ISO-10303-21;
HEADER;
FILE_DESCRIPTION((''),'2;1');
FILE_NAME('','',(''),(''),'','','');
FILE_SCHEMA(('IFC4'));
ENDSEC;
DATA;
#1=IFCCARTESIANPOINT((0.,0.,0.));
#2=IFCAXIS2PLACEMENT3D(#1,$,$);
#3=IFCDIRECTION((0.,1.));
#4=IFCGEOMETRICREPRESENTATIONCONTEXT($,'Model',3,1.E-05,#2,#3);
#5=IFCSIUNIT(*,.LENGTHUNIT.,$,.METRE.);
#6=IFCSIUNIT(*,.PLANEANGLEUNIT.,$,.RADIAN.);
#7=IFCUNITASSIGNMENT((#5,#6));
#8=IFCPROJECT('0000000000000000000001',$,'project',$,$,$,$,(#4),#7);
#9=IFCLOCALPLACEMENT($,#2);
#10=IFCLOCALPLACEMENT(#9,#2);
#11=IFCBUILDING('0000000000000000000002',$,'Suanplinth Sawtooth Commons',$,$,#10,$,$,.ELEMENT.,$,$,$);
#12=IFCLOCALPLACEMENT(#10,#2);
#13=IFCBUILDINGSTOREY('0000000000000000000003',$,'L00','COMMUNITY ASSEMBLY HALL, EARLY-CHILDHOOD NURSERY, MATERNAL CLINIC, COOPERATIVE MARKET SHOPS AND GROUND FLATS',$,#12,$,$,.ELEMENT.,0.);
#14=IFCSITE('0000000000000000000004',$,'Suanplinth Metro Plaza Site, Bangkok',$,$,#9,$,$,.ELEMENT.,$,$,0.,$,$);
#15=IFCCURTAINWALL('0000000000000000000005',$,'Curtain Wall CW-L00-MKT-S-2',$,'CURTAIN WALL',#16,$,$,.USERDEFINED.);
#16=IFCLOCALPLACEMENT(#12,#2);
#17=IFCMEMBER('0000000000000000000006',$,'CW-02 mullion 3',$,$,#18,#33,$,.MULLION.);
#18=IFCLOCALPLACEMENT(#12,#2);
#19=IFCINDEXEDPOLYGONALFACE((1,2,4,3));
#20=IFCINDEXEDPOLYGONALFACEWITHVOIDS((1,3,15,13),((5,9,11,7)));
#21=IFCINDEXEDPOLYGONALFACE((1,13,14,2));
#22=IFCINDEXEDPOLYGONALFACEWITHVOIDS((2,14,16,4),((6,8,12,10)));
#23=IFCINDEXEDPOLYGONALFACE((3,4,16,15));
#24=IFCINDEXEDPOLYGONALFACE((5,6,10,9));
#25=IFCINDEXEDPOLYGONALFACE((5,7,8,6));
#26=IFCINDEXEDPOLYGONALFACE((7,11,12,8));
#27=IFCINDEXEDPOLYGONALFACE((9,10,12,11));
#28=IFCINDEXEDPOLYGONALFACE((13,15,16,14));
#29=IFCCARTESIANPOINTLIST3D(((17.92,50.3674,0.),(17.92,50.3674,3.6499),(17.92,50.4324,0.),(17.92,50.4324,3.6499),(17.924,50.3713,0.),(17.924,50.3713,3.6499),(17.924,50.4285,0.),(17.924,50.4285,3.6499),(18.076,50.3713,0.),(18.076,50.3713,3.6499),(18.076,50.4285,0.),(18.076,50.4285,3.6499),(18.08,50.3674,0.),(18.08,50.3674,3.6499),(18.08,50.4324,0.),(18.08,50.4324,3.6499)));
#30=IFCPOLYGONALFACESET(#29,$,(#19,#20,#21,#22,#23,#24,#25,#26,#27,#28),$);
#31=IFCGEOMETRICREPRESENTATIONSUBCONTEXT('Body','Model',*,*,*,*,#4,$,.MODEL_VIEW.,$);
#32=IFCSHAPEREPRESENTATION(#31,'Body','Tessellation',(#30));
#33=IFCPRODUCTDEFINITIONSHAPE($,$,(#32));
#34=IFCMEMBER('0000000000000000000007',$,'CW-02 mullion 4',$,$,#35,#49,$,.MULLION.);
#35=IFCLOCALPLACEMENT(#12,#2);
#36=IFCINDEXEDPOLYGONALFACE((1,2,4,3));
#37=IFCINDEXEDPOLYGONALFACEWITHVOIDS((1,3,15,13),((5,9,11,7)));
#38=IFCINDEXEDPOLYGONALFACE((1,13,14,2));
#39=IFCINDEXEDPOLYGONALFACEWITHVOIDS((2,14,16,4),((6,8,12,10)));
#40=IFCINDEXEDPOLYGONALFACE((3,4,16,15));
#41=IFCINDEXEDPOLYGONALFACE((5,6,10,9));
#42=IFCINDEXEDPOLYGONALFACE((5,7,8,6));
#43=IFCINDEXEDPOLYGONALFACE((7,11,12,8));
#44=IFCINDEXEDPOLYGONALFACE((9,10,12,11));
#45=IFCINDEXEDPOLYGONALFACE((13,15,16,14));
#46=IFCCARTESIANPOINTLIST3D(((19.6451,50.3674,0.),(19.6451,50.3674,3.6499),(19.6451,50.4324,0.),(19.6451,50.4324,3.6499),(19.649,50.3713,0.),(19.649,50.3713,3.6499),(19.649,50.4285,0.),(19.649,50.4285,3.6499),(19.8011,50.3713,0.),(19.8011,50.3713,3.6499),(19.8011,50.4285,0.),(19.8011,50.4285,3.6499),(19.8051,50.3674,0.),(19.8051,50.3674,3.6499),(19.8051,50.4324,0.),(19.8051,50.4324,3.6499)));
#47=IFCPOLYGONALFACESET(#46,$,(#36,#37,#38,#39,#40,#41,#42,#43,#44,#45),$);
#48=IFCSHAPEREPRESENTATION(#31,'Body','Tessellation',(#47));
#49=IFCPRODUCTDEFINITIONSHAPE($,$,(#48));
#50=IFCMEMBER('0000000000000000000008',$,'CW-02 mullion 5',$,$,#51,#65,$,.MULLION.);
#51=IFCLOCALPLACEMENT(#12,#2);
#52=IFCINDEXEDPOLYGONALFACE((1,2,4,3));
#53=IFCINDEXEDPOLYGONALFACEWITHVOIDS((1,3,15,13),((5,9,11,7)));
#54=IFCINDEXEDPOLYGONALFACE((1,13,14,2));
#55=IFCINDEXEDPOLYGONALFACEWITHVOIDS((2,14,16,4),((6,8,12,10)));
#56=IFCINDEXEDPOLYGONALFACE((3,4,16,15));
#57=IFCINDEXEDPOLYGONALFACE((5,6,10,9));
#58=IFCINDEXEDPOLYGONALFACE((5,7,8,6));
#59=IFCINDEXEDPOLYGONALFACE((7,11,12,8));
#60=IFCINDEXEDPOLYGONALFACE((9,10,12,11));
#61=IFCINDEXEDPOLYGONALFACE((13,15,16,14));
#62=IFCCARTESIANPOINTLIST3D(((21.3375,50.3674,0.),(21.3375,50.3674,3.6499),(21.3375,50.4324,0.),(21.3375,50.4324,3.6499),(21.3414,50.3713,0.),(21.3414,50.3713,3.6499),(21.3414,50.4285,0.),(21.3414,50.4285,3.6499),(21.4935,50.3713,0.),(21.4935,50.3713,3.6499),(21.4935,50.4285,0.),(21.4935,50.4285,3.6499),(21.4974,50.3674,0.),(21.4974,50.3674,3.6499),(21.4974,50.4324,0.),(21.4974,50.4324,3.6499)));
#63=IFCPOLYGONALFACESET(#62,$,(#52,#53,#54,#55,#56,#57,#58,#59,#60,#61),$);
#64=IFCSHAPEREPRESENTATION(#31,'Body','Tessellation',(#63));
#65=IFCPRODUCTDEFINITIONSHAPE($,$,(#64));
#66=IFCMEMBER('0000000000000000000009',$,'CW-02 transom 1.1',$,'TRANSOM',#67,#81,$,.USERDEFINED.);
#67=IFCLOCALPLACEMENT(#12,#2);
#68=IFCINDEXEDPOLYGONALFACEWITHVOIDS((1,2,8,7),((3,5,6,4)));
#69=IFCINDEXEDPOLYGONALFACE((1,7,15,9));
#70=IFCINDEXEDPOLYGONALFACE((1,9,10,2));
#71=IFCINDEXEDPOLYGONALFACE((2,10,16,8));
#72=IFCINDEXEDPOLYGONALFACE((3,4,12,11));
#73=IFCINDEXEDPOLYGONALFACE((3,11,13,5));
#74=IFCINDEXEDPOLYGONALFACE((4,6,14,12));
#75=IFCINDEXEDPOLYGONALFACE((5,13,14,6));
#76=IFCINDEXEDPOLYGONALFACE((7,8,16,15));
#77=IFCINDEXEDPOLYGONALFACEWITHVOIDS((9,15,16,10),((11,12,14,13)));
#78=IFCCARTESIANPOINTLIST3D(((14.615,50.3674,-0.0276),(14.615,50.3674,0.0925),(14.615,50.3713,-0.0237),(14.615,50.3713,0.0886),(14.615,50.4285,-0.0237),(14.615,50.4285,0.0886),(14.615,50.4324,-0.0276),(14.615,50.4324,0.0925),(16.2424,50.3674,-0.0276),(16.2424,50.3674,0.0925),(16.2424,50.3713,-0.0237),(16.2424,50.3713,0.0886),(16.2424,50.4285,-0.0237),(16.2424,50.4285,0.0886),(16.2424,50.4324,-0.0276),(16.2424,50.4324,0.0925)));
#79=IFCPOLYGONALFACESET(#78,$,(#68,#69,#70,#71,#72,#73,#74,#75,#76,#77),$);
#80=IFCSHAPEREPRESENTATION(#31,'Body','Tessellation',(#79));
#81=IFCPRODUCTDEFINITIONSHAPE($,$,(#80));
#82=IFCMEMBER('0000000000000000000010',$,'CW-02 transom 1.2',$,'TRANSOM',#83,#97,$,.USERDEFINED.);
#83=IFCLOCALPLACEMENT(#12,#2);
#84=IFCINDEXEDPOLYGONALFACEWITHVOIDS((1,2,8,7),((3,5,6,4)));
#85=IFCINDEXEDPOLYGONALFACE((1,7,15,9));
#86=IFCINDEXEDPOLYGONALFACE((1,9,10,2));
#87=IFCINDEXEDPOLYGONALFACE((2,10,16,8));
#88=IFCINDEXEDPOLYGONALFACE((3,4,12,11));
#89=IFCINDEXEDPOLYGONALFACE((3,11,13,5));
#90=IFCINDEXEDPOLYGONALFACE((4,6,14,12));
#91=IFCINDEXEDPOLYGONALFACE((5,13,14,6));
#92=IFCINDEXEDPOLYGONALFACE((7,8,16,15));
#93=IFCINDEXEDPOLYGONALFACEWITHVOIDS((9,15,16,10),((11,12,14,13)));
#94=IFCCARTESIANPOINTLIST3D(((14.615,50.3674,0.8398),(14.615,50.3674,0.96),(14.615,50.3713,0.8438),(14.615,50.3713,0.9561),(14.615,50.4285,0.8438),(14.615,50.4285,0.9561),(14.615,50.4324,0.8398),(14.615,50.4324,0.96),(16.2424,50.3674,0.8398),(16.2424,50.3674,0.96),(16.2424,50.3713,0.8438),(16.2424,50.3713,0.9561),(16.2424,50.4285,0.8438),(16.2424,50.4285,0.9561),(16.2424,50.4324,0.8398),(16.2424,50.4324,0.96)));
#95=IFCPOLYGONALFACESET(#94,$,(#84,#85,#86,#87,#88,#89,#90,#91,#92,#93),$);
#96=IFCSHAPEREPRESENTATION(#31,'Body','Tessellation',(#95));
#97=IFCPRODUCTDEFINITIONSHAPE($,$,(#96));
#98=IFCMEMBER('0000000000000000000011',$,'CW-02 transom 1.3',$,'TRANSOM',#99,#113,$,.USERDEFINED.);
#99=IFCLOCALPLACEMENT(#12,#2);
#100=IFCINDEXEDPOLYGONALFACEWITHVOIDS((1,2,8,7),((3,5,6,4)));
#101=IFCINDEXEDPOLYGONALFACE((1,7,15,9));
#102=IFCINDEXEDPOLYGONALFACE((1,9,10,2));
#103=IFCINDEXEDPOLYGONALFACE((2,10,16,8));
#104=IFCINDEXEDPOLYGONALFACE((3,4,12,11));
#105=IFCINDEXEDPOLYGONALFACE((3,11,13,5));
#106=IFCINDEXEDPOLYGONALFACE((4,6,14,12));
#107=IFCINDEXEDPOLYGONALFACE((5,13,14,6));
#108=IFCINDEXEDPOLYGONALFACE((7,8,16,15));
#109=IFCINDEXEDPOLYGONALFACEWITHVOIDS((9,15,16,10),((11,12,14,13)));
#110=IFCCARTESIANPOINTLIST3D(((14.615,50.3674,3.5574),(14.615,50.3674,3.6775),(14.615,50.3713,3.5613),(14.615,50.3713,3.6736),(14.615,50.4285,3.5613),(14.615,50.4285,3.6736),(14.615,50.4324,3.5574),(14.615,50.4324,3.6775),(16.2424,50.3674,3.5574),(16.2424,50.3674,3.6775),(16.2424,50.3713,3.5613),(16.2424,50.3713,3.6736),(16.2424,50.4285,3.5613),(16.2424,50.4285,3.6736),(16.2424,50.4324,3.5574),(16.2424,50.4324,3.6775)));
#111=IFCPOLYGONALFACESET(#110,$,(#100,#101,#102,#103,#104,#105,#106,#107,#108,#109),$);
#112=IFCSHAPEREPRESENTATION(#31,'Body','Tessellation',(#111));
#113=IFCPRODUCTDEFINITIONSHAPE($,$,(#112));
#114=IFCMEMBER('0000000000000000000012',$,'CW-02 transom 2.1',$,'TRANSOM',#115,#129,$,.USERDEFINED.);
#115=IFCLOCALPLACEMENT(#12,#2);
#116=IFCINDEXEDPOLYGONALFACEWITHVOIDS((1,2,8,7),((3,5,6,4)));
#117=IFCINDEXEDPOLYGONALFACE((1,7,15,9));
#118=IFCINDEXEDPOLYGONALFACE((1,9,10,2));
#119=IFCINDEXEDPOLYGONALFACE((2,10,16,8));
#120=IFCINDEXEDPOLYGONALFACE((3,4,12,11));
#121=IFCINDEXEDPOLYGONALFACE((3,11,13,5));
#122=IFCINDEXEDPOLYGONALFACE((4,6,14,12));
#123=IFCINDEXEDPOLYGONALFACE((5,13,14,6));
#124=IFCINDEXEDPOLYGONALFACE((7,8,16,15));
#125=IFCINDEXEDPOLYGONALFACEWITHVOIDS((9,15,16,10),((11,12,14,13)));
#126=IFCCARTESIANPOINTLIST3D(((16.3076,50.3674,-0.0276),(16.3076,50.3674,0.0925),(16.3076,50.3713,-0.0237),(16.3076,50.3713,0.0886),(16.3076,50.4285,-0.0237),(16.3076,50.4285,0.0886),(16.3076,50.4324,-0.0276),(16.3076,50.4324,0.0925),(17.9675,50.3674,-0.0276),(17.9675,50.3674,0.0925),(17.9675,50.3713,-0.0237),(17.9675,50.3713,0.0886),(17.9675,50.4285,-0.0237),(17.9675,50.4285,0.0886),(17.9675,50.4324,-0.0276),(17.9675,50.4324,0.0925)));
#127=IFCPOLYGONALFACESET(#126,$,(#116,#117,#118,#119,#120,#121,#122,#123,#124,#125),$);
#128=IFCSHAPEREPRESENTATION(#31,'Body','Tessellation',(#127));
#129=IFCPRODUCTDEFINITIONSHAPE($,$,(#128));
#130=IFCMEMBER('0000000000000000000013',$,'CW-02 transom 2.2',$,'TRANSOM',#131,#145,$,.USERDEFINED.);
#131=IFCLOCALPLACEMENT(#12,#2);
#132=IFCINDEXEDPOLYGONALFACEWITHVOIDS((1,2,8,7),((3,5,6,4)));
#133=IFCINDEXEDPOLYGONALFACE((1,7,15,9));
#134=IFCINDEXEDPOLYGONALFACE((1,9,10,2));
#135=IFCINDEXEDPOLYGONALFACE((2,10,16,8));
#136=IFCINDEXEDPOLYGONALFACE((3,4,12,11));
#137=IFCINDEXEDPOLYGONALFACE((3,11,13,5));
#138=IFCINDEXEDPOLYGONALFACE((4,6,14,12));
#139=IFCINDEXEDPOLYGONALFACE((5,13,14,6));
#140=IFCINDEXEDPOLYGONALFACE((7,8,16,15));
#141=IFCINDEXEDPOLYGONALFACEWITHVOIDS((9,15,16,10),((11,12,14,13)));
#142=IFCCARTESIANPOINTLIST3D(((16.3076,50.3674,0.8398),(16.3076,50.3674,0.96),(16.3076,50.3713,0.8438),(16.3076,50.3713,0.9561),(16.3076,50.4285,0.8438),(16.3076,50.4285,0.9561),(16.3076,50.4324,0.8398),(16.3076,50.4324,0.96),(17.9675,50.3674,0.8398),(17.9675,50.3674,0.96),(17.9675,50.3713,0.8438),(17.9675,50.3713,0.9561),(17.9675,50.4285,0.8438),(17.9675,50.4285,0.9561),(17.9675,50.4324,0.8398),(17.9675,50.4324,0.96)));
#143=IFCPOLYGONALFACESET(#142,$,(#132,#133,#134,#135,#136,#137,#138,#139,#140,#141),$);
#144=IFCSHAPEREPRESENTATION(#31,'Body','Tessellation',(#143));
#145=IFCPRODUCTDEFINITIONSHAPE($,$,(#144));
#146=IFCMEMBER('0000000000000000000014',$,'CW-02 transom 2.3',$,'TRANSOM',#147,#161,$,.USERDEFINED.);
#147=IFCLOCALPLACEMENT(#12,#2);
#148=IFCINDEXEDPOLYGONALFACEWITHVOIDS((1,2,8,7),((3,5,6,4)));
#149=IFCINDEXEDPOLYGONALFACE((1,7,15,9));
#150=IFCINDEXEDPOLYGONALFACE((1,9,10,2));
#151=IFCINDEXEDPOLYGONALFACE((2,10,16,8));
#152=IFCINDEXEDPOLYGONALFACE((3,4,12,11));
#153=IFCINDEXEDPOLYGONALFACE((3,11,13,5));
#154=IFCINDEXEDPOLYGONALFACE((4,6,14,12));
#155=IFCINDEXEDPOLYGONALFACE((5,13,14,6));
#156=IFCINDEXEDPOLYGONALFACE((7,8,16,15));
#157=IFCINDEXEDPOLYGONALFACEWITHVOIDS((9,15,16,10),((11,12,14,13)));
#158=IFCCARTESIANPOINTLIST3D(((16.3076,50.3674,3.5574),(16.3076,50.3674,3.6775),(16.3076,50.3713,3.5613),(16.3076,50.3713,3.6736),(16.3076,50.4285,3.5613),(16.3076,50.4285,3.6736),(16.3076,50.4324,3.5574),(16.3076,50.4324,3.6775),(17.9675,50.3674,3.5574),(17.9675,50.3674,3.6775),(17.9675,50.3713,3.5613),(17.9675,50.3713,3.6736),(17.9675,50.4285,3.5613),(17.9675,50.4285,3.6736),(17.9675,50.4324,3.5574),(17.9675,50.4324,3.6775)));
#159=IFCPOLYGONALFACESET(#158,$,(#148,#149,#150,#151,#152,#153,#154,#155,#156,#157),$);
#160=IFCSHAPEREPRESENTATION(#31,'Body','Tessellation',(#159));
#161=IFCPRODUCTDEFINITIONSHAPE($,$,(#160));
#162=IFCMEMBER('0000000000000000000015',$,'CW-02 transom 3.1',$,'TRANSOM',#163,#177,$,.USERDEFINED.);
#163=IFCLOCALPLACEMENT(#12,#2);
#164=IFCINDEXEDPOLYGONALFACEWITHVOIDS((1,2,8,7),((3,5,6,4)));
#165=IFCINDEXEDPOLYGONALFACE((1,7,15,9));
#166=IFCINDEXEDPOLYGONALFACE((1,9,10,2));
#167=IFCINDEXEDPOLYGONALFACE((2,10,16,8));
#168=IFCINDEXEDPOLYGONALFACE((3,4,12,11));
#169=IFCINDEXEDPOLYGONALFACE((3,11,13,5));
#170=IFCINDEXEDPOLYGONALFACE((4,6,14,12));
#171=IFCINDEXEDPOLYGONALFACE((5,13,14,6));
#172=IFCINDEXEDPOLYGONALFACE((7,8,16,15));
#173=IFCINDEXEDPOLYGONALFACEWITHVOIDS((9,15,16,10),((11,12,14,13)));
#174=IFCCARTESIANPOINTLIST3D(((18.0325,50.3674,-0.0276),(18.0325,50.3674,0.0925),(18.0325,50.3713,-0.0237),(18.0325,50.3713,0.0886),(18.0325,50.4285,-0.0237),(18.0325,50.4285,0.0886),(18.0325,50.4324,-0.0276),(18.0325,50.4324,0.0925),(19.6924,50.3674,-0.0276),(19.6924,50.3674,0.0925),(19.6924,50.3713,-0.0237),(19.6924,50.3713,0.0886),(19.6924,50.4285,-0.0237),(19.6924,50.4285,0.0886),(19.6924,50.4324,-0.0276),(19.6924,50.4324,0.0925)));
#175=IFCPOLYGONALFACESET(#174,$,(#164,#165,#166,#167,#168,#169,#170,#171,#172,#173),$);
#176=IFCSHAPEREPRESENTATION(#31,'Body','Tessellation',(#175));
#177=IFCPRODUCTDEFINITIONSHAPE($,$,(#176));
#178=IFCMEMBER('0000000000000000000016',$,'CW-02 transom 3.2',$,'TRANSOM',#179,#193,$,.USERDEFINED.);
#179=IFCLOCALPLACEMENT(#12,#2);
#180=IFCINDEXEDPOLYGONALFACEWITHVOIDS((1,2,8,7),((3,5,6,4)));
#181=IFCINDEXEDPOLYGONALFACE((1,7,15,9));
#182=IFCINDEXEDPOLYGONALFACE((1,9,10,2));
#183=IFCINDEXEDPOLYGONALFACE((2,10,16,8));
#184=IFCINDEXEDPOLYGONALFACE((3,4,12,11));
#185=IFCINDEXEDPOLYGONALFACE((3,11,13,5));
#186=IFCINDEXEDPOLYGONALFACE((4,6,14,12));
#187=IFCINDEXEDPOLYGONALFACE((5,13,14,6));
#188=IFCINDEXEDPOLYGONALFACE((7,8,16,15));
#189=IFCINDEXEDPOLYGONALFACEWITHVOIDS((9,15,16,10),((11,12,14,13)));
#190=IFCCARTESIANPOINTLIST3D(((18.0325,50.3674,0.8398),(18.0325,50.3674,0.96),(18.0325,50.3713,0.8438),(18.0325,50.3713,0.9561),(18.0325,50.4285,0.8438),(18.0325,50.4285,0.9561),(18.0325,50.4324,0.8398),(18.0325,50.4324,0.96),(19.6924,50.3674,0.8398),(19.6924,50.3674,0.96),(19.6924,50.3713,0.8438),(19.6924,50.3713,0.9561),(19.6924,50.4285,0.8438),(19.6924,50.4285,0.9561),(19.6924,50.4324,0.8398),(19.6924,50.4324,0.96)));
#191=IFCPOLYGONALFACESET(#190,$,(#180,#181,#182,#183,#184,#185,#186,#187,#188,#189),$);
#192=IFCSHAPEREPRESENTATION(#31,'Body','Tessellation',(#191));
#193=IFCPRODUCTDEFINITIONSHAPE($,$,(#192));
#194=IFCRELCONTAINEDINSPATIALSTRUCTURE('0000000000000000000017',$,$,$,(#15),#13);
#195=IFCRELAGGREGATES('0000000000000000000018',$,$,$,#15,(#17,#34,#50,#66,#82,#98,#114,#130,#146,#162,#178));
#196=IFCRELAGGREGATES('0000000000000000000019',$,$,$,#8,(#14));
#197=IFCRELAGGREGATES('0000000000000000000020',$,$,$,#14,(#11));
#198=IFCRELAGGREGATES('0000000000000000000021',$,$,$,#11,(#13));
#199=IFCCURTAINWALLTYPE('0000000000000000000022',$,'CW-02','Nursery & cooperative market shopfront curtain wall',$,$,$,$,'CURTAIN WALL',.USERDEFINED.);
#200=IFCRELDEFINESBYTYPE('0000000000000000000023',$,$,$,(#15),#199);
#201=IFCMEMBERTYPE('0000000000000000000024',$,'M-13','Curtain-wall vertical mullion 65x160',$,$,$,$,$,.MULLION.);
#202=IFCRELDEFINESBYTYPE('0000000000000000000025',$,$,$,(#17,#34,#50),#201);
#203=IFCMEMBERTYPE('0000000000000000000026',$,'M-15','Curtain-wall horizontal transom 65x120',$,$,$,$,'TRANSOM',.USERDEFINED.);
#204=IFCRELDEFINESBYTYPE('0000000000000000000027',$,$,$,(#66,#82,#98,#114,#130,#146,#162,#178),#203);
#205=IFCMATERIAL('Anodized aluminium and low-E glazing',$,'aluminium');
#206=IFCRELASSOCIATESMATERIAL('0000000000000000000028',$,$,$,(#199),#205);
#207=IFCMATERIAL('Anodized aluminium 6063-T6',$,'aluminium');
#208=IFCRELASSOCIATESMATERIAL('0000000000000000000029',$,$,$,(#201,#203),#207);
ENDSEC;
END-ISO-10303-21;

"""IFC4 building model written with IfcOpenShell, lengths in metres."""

from ifc_helpers import new_model, si_unit, direction, frame, origin, origin_2d, place, context, subcontext, project, spatial, hollow_rectangle, extrude, material, material_profile, profile_set, type_object, element, aggregate, save


model = new_model("IFC4")

# Units and contexts
model_context = context("Model", 3, precision=1e-05, world=origin(), true_north=direction((0.0, 1.0)))
body_context = subcontext(model_context, "Body", "Model", "MODEL_VIEW")
ifc_project = project(units=[si_unit("LENGTHUNIT", "METRE"), si_unit("PLANEANGLEUNIT", "RADIAN")], contexts=[model_context])

# Site, building, storey
site_placement = place(None, origin())
site = spatial("IfcSite", under=ifc_project, at=site_placement, Name="Suanplinth Metro Plaza Site, Bangkok", CompositionType="ELEMENT", RefElevation=0.0)
building_placement = place(site_placement, origin())
building = spatial("IfcBuilding", under=site, at=building_placement, Name="Suanplinth Sawtooth Commons", CompositionType="ELEMENT")
storey_placement = place(building_placement, origin())
storey = spatial("IfcBuildingStorey", under=building, at=storey_placement, Name="L00", Description="COMMUNITY ASSEMBLY HALL, EARLY-CHILDHOOD NURSERY, MATERNAL CLINIC, COOPERATIVE MARKET SHOPS AND GROUND FLATS", CompositionType="ELEMENT", Elevation=0.0)

# Curtain wall, members
ifc_material_1 = material(Name="Anodized aluminium and low-E glazing", Category="aluminium")
curtain_wall_type = type_object("IfcCurtainWallType", Name="CW-02", Description="Nursery & cooperative market shopfront curtain wall", ElementType="CURTAIN WALL", PredefinedType="USERDEFINED", material=ifc_material_1)
curtain_wall_placement = place(storey_placement, origin())
curtain_wall = element("IfcCurtainWall", 1, at=curtain_wall_placement, inside=storey, type_object=curtain_wall_type, Name="Curtain Wall CW-L00-MKT-S-2", ObjectType="CURTAIN WALL", PredefinedType="USERDEFINED")
ifc_material_2 = material(Name="Anodized aluminium 6063-T6", Category="aluminium")
ifc_material_profile_1 = material_profile(ifc_material_2, hollow_rectangle(XDim=0.0649, YDim=0.1599, WallThickness=0.0039, at=origin_2d()), Name="ALU-MUL 65x160")
ifc_profile_set_1 = profile_set([ifc_material_profile_1], Name="Anodized aluminium 6063-T6")
member_type_1 = type_object("IfcMemberType", Name="M-13", Description="Curtain-wall vertical mullion 65x160", PredefinedType="MULLION", material=ifc_profile_set_1)
member_1_placement = place(storey_placement, frame((18.0, 50.3999, 0.0), z_axis=(0.0, 0.0, 1.0), x_axis=(0.0, 1.0, 0.0)))
member_1 = element("IfcMember", 2, at=member_1_placement, type_object=member_type_1, Name="CW-02 mullion 3", PredefinedType="MULLION", context=body_context, shape_type="SweptSolid", body=[
    extrude(hollow_rectangle(XDim=0.0649, YDim=0.1599, WallThickness=0.0039, at=origin_2d()), origin(), (0.0, 0.0, 1.0), 3.6499),
])
member_2_placement = place(storey_placement, frame((19.7251, 50.3999, 0.0), z_axis=(0.0, 0.0, 1.0), x_axis=(0.0, 1.0, 0.0)))
member_2 = element("IfcMember", 3, at=member_2_placement, type_object=member_type_1, Name="CW-02 mullion 4", PredefinedType="MULLION", context=body_context, shape_type="SweptSolid", body=[
    extrude(hollow_rectangle(XDim=0.0649, YDim=0.1599, WallThickness=0.0039, at=origin_2d()), origin(), (0.0, 0.0, 1.0), 3.6499),
])
member_3_placement = place(storey_placement, frame((21.4175, 50.3999, 0.0), z_axis=(0.0, 0.0, 1.0), x_axis=(0.0, 1.0, 0.0)))
member_3 = element("IfcMember", 4, at=member_3_placement, type_object=member_type_1, Name="CW-02 mullion 5", PredefinedType="MULLION", context=body_context, shape_type="SweptSolid", body=[
    extrude(hollow_rectangle(XDim=0.0649, YDim=0.1599, WallThickness=0.0039, at=origin_2d()), origin(), (0.0, 0.0, 1.0), 3.6499),
])
ifc_material_profile_2 = material_profile(ifc_material_2, hollow_rectangle(XDim=0.0649, YDim=0.1201, WallThickness=0.0039, at=origin_2d()), Name="ALU-TRN 65x120")
ifc_profile_set_2 = profile_set([ifc_material_profile_2], Name="Anodized aluminium 6063-T6")
member_type_2 = type_object("IfcMemberType", Name="M-15", Description="Curtain-wall horizontal transom 65x120", ElementType="TRANSOM", PredefinedType="USERDEFINED", material=ifc_profile_set_2)
member_4_placement = place(storey_placement, frame((14.615, 50.3999, 0.0325), z_axis=(1.0, 0.0, 0.0), x_axis=(0.0, 1.0, 0.0)))
member_4 = element("IfcMember", 5, at=member_4_placement, type_object=member_type_2, Name="CW-02 transom 1.1", ObjectType="TRANSOM", PredefinedType="USERDEFINED", context=body_context, shape_type="SweptSolid", body=[
    extrude(hollow_rectangle(XDim=0.0649, YDim=0.1201, WallThickness=0.0039, at=origin_2d()), origin(), (0.0, 0.0, 1.0), 1.6274),
])
member_5_placement = place(storey_placement, frame((14.615, 50.3999, 0.8999), z_axis=(1.0, 0.0, 0.0), x_axis=(0.0, 1.0, 0.0)))
member_5 = element("IfcMember", 6, at=member_5_placement, type_object=member_type_2, Name="CW-02 transom 1.2", ObjectType="TRANSOM", PredefinedType="USERDEFINED", context=body_context, shape_type="SweptSolid", body=[
    extrude(hollow_rectangle(XDim=0.0649, YDim=0.1201, WallThickness=0.0039, at=origin_2d()), origin(), (0.0, 0.0, 1.0), 1.6274),
])
member_6_placement = place(storey_placement, frame((14.615, 50.3999, 3.6174), z_axis=(1.0, 0.0, 0.0), x_axis=(0.0, 1.0, 0.0)))
member_6 = element("IfcMember", 7, at=member_6_placement, type_object=member_type_2, Name="CW-02 transom 1.3", ObjectType="TRANSOM", PredefinedType="USERDEFINED", context=body_context, shape_type="SweptSolid", body=[
    extrude(hollow_rectangle(XDim=0.0649, YDim=0.1201, WallThickness=0.0039, at=origin_2d()), origin(), (0.0, 0.0, 1.0), 1.6274),
])
member_7_placement = place(storey_placement, frame((16.3076, 50.3999, 0.0325), z_axis=(1.0, 0.0, 0.0), x_axis=(0.0, 1.0, 0.0)))
member_7 = element("IfcMember", 8, at=member_7_placement, type_object=member_type_2, Name="CW-02 transom 2.1", ObjectType="TRANSOM", PredefinedType="USERDEFINED", context=body_context, shape_type="SweptSolid", body=[
    extrude(hollow_rectangle(XDim=0.0649, YDim=0.1201, WallThickness=0.0039, at=origin_2d()), origin(), (0.0, 0.0, 1.0), 1.6599),
])
member_8_placement = place(storey_placement, frame((16.3076, 50.3999, 0.8999), z_axis=(1.0, 0.0, 0.0), x_axis=(0.0, 1.0, 0.0)))
member_8 = element("IfcMember", 9, at=member_8_placement, type_object=member_type_2, Name="CW-02 transom 2.2", ObjectType="TRANSOM", PredefinedType="USERDEFINED", context=body_context, shape_type="SweptSolid", body=[
    extrude(hollow_rectangle(XDim=0.0649, YDim=0.1201, WallThickness=0.0039, at=origin_2d()), origin(), (0.0, 0.0, 1.0), 1.6599),
])
member_9_placement = place(storey_placement, frame((16.3076, 50.3999, 3.6174), z_axis=(1.0, 0.0, 0.0), x_axis=(0.0, 1.0, 0.0)))
member_9 = element("IfcMember", 10, at=member_9_placement, type_object=member_type_2, Name="CW-02 transom 2.3", ObjectType="TRANSOM", PredefinedType="USERDEFINED", context=body_context, shape_type="SweptSolid", body=[
    extrude(hollow_rectangle(XDim=0.0649, YDim=0.1201, WallThickness=0.0039, at=origin_2d()), origin(), (0.0, 0.0, 1.0), 1.6599),
])
member_10_placement = place(storey_placement, frame((18.0325, 50.3999, 0.0325), z_axis=(1.0, 0.0, 0.0), x_axis=(0.0, 1.0, 0.0)))
member_10 = element("IfcMember", 11, at=member_10_placement, type_object=member_type_2, Name="CW-02 transom 3.1", ObjectType="TRANSOM", PredefinedType="USERDEFINED", context=body_context, shape_type="SweptSolid", body=[
    extrude(hollow_rectangle(XDim=0.0649, YDim=0.1201, WallThickness=0.0039, at=origin_2d()), origin(), (0.0, 0.0, 1.0), 1.6599),
])
member_11_placement = place(storey_placement, frame((18.0325, 50.3999, 0.8999), z_axis=(1.0, 0.0, 0.0), x_axis=(0.0, 1.0, 0.0)))
member_11 = element("IfcMember", 12, at=member_11_placement, type_object=member_type_2, Name="CW-02 transom 3.2", ObjectType="TRANSOM", PredefinedType="USERDEFINED", context=body_context, shape_type="SweptSolid", body=[
    extrude(hollow_rectangle(XDim=0.0649, YDim=0.1201, WallThickness=0.0039, at=origin_2d()), origin(), (0.0, 0.0, 1.0), 1.6599),
])
aggregate(curtain_wall, [member_1, member_2, member_3, member_4, member_5, member_6, member_7, member_8, member_9, member_10, member_11])

save(model, "model.ifc")
